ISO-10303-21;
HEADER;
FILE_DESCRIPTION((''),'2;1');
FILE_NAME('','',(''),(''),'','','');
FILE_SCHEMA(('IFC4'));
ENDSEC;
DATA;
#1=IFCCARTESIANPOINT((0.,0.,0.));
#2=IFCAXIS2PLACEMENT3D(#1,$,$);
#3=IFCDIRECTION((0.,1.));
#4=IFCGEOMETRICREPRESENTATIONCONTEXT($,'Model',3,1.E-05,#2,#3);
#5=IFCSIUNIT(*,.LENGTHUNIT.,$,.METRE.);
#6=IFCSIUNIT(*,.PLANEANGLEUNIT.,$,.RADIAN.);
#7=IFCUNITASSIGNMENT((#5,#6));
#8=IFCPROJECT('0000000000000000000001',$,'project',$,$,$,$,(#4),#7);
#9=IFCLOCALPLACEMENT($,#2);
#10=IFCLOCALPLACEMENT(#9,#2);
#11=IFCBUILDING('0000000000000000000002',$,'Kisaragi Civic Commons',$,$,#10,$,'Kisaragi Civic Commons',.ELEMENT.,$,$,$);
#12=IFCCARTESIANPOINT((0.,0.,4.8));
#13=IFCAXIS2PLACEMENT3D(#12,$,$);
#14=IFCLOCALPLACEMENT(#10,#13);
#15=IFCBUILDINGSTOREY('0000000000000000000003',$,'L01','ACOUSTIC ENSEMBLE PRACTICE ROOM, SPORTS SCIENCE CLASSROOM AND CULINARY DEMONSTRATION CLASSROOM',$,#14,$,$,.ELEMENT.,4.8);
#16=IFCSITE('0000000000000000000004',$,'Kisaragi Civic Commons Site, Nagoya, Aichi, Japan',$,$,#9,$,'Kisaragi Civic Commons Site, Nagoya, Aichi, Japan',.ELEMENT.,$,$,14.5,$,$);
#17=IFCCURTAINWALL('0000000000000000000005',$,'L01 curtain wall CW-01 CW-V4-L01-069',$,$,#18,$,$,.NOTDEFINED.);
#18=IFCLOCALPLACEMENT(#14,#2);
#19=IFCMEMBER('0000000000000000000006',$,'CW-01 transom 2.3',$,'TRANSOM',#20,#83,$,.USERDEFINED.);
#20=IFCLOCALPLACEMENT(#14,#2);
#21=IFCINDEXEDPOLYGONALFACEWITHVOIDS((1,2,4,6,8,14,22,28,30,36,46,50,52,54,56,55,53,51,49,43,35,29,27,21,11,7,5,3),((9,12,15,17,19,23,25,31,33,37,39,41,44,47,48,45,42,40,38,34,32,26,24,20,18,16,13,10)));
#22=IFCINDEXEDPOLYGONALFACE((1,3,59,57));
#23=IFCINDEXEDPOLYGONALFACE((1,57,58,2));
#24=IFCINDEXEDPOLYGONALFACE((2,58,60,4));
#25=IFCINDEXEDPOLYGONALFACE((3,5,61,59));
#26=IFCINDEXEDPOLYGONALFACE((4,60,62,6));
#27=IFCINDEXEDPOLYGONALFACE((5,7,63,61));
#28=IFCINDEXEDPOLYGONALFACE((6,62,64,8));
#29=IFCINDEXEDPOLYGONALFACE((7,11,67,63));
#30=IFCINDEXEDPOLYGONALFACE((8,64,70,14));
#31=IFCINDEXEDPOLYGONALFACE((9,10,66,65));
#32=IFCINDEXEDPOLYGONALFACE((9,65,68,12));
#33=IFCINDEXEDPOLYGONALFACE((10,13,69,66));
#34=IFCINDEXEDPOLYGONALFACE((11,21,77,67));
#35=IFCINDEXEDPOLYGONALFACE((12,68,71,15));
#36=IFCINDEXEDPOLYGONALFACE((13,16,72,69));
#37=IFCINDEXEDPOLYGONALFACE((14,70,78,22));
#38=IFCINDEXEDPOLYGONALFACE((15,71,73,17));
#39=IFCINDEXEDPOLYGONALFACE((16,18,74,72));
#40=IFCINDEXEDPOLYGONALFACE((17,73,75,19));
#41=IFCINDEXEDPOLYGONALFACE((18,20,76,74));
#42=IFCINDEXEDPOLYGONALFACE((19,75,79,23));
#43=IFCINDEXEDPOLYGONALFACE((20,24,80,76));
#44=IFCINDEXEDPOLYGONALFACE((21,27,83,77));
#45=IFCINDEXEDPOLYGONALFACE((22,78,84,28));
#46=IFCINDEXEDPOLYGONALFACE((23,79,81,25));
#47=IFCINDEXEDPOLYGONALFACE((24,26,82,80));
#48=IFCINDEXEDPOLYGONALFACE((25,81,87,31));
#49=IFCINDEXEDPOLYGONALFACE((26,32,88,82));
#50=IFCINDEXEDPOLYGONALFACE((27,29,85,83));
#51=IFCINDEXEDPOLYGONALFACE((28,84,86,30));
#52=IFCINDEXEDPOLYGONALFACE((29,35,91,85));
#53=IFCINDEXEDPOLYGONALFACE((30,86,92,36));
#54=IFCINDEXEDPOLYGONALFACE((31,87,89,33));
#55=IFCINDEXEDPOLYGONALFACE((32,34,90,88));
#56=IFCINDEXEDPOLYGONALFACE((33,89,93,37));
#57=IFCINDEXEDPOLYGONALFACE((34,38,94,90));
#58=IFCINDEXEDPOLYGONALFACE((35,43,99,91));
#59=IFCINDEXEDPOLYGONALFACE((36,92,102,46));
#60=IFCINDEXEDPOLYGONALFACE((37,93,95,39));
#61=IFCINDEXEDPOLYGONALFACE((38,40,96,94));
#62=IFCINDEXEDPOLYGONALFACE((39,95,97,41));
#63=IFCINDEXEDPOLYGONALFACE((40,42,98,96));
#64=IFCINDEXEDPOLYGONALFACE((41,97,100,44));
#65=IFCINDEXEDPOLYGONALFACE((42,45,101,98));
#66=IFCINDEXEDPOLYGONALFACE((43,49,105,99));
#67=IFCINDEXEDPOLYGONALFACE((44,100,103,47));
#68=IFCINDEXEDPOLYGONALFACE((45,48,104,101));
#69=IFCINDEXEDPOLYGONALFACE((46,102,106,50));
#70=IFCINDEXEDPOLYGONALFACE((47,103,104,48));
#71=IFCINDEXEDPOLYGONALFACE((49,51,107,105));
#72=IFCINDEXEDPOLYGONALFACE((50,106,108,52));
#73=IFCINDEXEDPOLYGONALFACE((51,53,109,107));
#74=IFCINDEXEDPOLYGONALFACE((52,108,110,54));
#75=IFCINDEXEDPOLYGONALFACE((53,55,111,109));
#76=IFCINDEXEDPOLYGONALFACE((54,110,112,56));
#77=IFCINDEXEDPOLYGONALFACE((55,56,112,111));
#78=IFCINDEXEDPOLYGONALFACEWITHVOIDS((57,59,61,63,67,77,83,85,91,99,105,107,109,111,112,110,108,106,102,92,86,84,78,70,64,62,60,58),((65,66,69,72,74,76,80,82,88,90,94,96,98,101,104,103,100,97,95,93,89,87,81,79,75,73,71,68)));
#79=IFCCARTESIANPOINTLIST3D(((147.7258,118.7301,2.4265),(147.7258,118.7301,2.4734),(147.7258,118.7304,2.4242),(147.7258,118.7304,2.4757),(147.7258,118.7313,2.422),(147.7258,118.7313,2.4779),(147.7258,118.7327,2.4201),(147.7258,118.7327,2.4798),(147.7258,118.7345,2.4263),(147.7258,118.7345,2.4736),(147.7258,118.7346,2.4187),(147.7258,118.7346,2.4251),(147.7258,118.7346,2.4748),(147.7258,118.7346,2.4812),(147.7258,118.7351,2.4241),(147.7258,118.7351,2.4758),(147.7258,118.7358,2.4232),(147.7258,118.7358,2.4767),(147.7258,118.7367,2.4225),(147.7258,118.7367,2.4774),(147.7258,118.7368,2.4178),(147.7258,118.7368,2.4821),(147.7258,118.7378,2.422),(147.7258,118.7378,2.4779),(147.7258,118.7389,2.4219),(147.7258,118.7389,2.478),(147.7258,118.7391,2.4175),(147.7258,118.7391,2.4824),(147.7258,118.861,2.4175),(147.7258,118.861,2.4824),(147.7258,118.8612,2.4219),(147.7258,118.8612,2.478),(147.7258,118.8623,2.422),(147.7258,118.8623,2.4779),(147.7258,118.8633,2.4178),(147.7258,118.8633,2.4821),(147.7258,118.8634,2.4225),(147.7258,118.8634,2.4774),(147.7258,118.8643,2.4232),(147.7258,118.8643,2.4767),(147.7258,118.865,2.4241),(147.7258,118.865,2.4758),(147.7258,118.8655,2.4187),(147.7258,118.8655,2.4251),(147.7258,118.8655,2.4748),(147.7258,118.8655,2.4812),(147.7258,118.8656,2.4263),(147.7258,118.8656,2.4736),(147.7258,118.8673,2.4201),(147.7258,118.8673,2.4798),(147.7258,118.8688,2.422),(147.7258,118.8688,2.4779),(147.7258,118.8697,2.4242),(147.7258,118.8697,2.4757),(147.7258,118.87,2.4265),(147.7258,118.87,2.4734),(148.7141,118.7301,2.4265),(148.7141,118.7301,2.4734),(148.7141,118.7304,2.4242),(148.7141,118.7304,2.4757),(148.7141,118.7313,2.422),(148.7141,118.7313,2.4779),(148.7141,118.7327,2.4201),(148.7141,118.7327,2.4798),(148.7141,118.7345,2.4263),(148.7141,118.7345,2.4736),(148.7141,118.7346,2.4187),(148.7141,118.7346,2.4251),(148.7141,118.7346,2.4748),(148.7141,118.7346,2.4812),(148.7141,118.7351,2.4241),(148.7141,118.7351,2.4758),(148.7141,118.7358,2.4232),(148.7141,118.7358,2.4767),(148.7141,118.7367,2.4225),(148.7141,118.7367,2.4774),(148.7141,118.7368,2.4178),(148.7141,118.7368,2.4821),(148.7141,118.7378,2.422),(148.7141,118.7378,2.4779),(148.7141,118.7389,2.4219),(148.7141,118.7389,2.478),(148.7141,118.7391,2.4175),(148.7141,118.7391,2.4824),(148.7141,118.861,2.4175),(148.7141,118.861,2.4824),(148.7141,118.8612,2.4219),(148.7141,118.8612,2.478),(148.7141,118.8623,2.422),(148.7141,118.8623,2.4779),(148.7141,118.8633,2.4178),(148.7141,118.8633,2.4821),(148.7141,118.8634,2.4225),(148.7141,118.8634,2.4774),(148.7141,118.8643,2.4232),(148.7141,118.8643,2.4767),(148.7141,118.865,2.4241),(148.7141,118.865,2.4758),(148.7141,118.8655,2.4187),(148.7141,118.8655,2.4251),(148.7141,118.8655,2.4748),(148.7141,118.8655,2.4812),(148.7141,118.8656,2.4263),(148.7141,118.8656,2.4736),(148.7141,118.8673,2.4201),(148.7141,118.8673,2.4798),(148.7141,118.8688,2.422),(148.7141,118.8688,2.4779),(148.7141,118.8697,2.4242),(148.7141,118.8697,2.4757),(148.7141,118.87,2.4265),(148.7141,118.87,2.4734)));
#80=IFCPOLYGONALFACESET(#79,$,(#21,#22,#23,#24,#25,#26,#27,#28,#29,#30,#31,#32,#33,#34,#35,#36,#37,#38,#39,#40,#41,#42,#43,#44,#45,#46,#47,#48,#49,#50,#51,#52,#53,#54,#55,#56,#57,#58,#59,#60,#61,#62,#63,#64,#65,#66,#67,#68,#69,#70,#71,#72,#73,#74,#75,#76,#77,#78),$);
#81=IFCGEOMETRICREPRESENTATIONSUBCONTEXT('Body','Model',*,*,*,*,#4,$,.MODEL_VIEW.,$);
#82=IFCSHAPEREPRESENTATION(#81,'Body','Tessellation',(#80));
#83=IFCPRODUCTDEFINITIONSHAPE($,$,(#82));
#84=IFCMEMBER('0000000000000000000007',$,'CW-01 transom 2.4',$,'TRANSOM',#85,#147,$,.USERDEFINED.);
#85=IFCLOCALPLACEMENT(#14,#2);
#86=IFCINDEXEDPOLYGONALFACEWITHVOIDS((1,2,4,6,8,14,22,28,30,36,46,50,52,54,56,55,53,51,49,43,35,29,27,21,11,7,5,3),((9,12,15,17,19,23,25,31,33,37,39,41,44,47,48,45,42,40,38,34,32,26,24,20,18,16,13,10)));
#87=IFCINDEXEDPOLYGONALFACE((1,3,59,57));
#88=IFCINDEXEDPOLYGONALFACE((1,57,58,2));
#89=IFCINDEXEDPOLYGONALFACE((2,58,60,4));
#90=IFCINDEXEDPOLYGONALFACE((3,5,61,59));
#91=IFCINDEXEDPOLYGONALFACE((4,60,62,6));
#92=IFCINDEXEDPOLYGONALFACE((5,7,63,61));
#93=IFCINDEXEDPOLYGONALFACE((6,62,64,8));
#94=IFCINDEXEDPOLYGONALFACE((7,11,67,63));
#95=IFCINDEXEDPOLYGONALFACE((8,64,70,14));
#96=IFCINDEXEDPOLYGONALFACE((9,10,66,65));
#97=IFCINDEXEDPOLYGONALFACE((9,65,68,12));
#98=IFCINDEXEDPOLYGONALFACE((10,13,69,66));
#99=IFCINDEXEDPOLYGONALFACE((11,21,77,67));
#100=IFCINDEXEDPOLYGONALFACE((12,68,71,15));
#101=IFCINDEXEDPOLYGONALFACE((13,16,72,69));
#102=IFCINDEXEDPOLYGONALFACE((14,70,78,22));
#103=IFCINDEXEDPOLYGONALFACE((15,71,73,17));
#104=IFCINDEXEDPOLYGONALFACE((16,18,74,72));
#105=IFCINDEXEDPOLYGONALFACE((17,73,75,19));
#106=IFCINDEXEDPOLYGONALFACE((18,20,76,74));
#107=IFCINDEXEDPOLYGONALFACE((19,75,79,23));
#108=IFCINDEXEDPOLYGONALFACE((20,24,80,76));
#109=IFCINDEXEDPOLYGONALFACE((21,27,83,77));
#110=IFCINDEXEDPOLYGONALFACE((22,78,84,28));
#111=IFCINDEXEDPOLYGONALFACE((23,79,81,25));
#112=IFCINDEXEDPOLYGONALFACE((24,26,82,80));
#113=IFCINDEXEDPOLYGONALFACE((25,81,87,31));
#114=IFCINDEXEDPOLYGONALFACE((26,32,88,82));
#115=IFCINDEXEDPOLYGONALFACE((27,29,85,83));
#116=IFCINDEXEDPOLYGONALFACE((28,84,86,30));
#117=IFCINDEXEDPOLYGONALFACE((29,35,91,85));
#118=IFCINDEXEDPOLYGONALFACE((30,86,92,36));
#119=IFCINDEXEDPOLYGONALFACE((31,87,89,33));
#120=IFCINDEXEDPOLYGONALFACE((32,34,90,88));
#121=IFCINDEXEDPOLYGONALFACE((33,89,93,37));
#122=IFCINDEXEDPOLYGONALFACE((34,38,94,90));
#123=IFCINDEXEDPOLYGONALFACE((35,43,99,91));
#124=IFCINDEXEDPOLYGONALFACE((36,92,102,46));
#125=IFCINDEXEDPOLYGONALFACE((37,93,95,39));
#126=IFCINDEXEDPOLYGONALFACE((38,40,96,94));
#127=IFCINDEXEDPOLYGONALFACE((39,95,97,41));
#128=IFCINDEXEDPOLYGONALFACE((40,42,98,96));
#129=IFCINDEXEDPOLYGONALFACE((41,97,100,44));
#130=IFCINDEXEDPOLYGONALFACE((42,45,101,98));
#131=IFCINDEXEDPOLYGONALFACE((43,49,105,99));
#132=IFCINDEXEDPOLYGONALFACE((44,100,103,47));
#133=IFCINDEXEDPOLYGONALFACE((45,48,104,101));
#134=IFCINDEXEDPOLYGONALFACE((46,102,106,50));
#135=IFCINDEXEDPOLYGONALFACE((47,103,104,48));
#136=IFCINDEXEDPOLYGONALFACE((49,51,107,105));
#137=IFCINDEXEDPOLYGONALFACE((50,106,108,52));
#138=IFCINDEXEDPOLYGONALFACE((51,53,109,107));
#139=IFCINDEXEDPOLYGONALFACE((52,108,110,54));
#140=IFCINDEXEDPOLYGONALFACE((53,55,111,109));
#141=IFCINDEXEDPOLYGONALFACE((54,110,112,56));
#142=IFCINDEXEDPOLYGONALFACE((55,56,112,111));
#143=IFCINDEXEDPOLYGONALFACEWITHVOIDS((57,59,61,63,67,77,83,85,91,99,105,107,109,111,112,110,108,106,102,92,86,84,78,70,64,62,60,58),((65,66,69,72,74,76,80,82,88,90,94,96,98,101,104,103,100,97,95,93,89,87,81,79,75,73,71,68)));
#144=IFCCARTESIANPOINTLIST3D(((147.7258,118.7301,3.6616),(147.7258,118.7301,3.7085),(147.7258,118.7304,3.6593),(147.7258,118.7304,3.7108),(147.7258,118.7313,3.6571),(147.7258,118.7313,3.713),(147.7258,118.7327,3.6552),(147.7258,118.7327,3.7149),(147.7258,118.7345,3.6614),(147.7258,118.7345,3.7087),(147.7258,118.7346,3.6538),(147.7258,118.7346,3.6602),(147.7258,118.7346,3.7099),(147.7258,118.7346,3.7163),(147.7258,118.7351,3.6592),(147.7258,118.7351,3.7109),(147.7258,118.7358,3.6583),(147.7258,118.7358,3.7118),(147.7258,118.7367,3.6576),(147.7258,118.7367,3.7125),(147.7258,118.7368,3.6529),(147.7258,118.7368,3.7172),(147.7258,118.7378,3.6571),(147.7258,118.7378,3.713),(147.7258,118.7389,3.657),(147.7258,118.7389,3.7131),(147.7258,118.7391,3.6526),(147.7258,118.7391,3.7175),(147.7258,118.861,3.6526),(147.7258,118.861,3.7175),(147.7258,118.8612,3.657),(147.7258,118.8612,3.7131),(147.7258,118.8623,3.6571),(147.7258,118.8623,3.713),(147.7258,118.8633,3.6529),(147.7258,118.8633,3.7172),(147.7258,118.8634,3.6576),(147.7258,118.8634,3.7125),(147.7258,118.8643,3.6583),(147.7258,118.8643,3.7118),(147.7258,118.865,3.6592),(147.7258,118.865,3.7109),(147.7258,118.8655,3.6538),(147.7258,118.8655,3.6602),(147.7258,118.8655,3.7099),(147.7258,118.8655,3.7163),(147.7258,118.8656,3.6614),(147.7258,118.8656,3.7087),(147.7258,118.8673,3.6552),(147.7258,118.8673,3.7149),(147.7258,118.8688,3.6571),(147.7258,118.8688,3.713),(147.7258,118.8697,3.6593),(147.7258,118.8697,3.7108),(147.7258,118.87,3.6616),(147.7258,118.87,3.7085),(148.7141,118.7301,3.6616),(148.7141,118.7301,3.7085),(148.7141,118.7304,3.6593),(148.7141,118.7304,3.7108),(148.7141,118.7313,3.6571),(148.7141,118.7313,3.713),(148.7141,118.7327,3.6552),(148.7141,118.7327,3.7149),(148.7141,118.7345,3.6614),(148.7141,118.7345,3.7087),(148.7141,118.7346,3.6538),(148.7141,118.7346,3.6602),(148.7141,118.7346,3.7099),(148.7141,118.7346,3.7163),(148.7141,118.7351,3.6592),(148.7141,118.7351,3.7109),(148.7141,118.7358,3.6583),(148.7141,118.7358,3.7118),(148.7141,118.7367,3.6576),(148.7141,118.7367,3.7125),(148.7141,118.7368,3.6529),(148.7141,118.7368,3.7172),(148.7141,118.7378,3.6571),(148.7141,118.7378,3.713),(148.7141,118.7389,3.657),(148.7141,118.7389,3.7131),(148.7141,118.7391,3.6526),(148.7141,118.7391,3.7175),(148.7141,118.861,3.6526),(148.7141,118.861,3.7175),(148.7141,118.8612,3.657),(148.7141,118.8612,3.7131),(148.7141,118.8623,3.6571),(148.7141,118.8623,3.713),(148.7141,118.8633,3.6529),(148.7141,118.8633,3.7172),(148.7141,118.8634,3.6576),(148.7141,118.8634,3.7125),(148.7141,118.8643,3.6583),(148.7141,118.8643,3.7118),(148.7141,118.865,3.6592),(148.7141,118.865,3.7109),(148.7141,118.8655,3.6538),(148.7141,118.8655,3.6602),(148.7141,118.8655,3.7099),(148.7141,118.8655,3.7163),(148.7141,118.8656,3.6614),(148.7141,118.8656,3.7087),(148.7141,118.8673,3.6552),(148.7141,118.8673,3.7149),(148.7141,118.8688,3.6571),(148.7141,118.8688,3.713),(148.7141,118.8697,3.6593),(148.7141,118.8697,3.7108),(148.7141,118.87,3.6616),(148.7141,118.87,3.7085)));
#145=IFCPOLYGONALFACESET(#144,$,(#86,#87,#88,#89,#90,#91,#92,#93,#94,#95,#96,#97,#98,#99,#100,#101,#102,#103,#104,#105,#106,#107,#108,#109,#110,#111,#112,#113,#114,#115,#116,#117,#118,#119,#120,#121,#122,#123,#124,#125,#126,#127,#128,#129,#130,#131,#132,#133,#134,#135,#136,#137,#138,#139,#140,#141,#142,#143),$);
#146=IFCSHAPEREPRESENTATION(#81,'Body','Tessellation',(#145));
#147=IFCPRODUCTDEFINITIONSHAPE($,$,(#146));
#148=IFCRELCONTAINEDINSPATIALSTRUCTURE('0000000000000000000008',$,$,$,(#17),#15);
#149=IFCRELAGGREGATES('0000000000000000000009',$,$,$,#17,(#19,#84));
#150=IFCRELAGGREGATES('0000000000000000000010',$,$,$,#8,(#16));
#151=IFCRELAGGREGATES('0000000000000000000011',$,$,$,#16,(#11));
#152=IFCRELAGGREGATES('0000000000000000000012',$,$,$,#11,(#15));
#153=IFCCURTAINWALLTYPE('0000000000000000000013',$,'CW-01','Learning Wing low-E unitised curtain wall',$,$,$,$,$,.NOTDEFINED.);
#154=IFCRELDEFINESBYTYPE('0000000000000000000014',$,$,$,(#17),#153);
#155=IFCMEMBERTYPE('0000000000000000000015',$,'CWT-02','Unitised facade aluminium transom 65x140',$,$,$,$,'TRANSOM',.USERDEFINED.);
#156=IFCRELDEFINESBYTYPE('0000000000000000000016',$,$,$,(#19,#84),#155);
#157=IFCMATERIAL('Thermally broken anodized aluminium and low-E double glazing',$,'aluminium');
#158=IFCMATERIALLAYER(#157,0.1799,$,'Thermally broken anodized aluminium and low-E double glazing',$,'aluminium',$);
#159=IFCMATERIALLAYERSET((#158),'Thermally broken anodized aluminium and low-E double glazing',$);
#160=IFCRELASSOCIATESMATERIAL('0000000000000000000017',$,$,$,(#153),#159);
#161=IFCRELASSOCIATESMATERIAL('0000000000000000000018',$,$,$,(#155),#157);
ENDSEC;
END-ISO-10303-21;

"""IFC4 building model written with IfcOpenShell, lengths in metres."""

from ifc_helpers import new_model, si_unit, direction, frame, origin, origin_2d, place, context, subcontext, project, spatial, hollow_rectangle, extrude, material, layer, layer_set, material_profile, profile_set, type_object, element, aggregate, save


model = new_model("IFC4")

# Units and contexts
model_context = context("Model", 3, precision=1e-05, world=origin(), true_north=direction((0.0, 1.0)))
body_context = subcontext(model_context, "Body", "Model", "MODEL_VIEW")
ifc_project = project(units=[si_unit("LENGTHUNIT", "METRE"), si_unit("PLANEANGLEUNIT", "RADIAN")], contexts=[model_context])

# Site, building, storey
site_placement = place(None, origin())
site = spatial("IfcSite", under=ifc_project, at=site_placement, Name="Kisaragi Civic Commons Site, Nagoya, Aichi, Japan", LongName="Kisaragi Civic Commons Site, Nagoya, Aichi, Japan", CompositionType="ELEMENT", RefElevation=14.5)
building_placement = place(site_placement, origin())
building = spatial("IfcBuilding", under=site, at=building_placement, Name="Kisaragi Civic Commons", LongName="Kisaragi Civic Commons", CompositionType="ELEMENT")
storey_placement = place(building_placement, frame((0.0, 0.0, 4.8)))
storey = spatial("IfcBuildingStorey", under=building, at=storey_placement, Name="L01", Description="ACOUSTIC ENSEMBLE PRACTICE ROOM, SPORTS SCIENCE CLASSROOM AND CULINARY DEMONSTRATION CLASSROOM", CompositionType="ELEMENT", Elevation=4.8)

# Curtain wall, members
ifc_material_1 = material(Name="Thermally broken anodized aluminium and low-E double glazing", Category="aluminium")
ifc_layer_1 = layer(ifc_material_1, 0.1799, Name="Thermally broken anodized aluminium and low-E double glazing", Category="aluminium")
ifc_layer_set_1 = layer_set([ifc_layer_1], Name="Thermally broken anodized aluminium and low-E double glazing")
curtain_wall_type = type_object("IfcCurtainWallType", Name="CW-01", Description="Learning Wing low-E unitised curtain wall", PredefinedType="NOTDEFINED", material=ifc_layer_set_1)
curtain_wall_placement = place(storey_placement, origin())
curtain_wall = element("IfcCurtainWall", 1, at=curtain_wall_placement, inside=storey, type_object=curtain_wall_type, Name="L01 curtain wall CW-01 CW-V4-L01-069", PredefinedType="NOTDEFINED")
ifc_material_profile_1 = material_profile(ifc_material_1, hollow_rectangle(XDim=0.1399, YDim=0.0649, WallThickness=0.0044, InnerFilletRadius=0.0044, OuterFilletRadius=0.009, at=origin_2d()), Name="CWT-65x140x4.5", Category="aluminium")
ifc_profile_set_1 = profile_set([ifc_material_profile_1], Name="Thermally broken anodized aluminium and low-E double glazing")
member_type_1 = type_object("IfcMemberType", Name="CWT-02", Description="Unitised facade aluminium transom 65x140", ElementType="TRANSOM", PredefinedType="USERDEFINED", material=ifc_profile_set_1)
member_1_placement = place(storey_placement, frame((147.7258, 118.8, 2.45), z_axis=(1.0, 0.0, 0.0), x_axis=(0.0, 1.0, 0.0)))
member_1 = element("IfcMember", 2, at=member_1_placement, type_object=member_type_1, Name="CW-01 transom 2.3", ObjectType="TRANSOM", PredefinedType="USERDEFINED", context=body_context, shape_type="SweptSolid", body=[
    extrude(hollow_rectangle(XDim=0.1399, YDim=0.0649, WallThickness=0.0044, InnerFilletRadius=0.0044, OuterFilletRadius=0.009, at=origin_2d()), origin(), (0.0, 0.0, 1.0), 0.9883),
])
member_2_placement = place(storey_placement, frame((147.7258, 118.8, 3.6851), z_axis=(1.0, 0.0, 0.0), x_axis=(0.0, 1.0, 0.0)))
member_2 = element("IfcMember", 3, at=member_2_placement, type_object=member_type_1, Name="CW-01 transom 2.4", ObjectType="TRANSOM", PredefinedType="USERDEFINED", context=body_context, shape_type="SweptSolid", body=[
    extrude(hollow_rectangle(XDim=0.1399, YDim=0.0649, WallThickness=0.0044, InnerFilletRadius=0.0044, OuterFilletRadius=0.009, at=origin_2d()), origin(), (0.0, 0.0, 1.0), 0.9883),
])

aggregate(curtain_wall, [member_1, member_2])

save(model, "model.ifc")
